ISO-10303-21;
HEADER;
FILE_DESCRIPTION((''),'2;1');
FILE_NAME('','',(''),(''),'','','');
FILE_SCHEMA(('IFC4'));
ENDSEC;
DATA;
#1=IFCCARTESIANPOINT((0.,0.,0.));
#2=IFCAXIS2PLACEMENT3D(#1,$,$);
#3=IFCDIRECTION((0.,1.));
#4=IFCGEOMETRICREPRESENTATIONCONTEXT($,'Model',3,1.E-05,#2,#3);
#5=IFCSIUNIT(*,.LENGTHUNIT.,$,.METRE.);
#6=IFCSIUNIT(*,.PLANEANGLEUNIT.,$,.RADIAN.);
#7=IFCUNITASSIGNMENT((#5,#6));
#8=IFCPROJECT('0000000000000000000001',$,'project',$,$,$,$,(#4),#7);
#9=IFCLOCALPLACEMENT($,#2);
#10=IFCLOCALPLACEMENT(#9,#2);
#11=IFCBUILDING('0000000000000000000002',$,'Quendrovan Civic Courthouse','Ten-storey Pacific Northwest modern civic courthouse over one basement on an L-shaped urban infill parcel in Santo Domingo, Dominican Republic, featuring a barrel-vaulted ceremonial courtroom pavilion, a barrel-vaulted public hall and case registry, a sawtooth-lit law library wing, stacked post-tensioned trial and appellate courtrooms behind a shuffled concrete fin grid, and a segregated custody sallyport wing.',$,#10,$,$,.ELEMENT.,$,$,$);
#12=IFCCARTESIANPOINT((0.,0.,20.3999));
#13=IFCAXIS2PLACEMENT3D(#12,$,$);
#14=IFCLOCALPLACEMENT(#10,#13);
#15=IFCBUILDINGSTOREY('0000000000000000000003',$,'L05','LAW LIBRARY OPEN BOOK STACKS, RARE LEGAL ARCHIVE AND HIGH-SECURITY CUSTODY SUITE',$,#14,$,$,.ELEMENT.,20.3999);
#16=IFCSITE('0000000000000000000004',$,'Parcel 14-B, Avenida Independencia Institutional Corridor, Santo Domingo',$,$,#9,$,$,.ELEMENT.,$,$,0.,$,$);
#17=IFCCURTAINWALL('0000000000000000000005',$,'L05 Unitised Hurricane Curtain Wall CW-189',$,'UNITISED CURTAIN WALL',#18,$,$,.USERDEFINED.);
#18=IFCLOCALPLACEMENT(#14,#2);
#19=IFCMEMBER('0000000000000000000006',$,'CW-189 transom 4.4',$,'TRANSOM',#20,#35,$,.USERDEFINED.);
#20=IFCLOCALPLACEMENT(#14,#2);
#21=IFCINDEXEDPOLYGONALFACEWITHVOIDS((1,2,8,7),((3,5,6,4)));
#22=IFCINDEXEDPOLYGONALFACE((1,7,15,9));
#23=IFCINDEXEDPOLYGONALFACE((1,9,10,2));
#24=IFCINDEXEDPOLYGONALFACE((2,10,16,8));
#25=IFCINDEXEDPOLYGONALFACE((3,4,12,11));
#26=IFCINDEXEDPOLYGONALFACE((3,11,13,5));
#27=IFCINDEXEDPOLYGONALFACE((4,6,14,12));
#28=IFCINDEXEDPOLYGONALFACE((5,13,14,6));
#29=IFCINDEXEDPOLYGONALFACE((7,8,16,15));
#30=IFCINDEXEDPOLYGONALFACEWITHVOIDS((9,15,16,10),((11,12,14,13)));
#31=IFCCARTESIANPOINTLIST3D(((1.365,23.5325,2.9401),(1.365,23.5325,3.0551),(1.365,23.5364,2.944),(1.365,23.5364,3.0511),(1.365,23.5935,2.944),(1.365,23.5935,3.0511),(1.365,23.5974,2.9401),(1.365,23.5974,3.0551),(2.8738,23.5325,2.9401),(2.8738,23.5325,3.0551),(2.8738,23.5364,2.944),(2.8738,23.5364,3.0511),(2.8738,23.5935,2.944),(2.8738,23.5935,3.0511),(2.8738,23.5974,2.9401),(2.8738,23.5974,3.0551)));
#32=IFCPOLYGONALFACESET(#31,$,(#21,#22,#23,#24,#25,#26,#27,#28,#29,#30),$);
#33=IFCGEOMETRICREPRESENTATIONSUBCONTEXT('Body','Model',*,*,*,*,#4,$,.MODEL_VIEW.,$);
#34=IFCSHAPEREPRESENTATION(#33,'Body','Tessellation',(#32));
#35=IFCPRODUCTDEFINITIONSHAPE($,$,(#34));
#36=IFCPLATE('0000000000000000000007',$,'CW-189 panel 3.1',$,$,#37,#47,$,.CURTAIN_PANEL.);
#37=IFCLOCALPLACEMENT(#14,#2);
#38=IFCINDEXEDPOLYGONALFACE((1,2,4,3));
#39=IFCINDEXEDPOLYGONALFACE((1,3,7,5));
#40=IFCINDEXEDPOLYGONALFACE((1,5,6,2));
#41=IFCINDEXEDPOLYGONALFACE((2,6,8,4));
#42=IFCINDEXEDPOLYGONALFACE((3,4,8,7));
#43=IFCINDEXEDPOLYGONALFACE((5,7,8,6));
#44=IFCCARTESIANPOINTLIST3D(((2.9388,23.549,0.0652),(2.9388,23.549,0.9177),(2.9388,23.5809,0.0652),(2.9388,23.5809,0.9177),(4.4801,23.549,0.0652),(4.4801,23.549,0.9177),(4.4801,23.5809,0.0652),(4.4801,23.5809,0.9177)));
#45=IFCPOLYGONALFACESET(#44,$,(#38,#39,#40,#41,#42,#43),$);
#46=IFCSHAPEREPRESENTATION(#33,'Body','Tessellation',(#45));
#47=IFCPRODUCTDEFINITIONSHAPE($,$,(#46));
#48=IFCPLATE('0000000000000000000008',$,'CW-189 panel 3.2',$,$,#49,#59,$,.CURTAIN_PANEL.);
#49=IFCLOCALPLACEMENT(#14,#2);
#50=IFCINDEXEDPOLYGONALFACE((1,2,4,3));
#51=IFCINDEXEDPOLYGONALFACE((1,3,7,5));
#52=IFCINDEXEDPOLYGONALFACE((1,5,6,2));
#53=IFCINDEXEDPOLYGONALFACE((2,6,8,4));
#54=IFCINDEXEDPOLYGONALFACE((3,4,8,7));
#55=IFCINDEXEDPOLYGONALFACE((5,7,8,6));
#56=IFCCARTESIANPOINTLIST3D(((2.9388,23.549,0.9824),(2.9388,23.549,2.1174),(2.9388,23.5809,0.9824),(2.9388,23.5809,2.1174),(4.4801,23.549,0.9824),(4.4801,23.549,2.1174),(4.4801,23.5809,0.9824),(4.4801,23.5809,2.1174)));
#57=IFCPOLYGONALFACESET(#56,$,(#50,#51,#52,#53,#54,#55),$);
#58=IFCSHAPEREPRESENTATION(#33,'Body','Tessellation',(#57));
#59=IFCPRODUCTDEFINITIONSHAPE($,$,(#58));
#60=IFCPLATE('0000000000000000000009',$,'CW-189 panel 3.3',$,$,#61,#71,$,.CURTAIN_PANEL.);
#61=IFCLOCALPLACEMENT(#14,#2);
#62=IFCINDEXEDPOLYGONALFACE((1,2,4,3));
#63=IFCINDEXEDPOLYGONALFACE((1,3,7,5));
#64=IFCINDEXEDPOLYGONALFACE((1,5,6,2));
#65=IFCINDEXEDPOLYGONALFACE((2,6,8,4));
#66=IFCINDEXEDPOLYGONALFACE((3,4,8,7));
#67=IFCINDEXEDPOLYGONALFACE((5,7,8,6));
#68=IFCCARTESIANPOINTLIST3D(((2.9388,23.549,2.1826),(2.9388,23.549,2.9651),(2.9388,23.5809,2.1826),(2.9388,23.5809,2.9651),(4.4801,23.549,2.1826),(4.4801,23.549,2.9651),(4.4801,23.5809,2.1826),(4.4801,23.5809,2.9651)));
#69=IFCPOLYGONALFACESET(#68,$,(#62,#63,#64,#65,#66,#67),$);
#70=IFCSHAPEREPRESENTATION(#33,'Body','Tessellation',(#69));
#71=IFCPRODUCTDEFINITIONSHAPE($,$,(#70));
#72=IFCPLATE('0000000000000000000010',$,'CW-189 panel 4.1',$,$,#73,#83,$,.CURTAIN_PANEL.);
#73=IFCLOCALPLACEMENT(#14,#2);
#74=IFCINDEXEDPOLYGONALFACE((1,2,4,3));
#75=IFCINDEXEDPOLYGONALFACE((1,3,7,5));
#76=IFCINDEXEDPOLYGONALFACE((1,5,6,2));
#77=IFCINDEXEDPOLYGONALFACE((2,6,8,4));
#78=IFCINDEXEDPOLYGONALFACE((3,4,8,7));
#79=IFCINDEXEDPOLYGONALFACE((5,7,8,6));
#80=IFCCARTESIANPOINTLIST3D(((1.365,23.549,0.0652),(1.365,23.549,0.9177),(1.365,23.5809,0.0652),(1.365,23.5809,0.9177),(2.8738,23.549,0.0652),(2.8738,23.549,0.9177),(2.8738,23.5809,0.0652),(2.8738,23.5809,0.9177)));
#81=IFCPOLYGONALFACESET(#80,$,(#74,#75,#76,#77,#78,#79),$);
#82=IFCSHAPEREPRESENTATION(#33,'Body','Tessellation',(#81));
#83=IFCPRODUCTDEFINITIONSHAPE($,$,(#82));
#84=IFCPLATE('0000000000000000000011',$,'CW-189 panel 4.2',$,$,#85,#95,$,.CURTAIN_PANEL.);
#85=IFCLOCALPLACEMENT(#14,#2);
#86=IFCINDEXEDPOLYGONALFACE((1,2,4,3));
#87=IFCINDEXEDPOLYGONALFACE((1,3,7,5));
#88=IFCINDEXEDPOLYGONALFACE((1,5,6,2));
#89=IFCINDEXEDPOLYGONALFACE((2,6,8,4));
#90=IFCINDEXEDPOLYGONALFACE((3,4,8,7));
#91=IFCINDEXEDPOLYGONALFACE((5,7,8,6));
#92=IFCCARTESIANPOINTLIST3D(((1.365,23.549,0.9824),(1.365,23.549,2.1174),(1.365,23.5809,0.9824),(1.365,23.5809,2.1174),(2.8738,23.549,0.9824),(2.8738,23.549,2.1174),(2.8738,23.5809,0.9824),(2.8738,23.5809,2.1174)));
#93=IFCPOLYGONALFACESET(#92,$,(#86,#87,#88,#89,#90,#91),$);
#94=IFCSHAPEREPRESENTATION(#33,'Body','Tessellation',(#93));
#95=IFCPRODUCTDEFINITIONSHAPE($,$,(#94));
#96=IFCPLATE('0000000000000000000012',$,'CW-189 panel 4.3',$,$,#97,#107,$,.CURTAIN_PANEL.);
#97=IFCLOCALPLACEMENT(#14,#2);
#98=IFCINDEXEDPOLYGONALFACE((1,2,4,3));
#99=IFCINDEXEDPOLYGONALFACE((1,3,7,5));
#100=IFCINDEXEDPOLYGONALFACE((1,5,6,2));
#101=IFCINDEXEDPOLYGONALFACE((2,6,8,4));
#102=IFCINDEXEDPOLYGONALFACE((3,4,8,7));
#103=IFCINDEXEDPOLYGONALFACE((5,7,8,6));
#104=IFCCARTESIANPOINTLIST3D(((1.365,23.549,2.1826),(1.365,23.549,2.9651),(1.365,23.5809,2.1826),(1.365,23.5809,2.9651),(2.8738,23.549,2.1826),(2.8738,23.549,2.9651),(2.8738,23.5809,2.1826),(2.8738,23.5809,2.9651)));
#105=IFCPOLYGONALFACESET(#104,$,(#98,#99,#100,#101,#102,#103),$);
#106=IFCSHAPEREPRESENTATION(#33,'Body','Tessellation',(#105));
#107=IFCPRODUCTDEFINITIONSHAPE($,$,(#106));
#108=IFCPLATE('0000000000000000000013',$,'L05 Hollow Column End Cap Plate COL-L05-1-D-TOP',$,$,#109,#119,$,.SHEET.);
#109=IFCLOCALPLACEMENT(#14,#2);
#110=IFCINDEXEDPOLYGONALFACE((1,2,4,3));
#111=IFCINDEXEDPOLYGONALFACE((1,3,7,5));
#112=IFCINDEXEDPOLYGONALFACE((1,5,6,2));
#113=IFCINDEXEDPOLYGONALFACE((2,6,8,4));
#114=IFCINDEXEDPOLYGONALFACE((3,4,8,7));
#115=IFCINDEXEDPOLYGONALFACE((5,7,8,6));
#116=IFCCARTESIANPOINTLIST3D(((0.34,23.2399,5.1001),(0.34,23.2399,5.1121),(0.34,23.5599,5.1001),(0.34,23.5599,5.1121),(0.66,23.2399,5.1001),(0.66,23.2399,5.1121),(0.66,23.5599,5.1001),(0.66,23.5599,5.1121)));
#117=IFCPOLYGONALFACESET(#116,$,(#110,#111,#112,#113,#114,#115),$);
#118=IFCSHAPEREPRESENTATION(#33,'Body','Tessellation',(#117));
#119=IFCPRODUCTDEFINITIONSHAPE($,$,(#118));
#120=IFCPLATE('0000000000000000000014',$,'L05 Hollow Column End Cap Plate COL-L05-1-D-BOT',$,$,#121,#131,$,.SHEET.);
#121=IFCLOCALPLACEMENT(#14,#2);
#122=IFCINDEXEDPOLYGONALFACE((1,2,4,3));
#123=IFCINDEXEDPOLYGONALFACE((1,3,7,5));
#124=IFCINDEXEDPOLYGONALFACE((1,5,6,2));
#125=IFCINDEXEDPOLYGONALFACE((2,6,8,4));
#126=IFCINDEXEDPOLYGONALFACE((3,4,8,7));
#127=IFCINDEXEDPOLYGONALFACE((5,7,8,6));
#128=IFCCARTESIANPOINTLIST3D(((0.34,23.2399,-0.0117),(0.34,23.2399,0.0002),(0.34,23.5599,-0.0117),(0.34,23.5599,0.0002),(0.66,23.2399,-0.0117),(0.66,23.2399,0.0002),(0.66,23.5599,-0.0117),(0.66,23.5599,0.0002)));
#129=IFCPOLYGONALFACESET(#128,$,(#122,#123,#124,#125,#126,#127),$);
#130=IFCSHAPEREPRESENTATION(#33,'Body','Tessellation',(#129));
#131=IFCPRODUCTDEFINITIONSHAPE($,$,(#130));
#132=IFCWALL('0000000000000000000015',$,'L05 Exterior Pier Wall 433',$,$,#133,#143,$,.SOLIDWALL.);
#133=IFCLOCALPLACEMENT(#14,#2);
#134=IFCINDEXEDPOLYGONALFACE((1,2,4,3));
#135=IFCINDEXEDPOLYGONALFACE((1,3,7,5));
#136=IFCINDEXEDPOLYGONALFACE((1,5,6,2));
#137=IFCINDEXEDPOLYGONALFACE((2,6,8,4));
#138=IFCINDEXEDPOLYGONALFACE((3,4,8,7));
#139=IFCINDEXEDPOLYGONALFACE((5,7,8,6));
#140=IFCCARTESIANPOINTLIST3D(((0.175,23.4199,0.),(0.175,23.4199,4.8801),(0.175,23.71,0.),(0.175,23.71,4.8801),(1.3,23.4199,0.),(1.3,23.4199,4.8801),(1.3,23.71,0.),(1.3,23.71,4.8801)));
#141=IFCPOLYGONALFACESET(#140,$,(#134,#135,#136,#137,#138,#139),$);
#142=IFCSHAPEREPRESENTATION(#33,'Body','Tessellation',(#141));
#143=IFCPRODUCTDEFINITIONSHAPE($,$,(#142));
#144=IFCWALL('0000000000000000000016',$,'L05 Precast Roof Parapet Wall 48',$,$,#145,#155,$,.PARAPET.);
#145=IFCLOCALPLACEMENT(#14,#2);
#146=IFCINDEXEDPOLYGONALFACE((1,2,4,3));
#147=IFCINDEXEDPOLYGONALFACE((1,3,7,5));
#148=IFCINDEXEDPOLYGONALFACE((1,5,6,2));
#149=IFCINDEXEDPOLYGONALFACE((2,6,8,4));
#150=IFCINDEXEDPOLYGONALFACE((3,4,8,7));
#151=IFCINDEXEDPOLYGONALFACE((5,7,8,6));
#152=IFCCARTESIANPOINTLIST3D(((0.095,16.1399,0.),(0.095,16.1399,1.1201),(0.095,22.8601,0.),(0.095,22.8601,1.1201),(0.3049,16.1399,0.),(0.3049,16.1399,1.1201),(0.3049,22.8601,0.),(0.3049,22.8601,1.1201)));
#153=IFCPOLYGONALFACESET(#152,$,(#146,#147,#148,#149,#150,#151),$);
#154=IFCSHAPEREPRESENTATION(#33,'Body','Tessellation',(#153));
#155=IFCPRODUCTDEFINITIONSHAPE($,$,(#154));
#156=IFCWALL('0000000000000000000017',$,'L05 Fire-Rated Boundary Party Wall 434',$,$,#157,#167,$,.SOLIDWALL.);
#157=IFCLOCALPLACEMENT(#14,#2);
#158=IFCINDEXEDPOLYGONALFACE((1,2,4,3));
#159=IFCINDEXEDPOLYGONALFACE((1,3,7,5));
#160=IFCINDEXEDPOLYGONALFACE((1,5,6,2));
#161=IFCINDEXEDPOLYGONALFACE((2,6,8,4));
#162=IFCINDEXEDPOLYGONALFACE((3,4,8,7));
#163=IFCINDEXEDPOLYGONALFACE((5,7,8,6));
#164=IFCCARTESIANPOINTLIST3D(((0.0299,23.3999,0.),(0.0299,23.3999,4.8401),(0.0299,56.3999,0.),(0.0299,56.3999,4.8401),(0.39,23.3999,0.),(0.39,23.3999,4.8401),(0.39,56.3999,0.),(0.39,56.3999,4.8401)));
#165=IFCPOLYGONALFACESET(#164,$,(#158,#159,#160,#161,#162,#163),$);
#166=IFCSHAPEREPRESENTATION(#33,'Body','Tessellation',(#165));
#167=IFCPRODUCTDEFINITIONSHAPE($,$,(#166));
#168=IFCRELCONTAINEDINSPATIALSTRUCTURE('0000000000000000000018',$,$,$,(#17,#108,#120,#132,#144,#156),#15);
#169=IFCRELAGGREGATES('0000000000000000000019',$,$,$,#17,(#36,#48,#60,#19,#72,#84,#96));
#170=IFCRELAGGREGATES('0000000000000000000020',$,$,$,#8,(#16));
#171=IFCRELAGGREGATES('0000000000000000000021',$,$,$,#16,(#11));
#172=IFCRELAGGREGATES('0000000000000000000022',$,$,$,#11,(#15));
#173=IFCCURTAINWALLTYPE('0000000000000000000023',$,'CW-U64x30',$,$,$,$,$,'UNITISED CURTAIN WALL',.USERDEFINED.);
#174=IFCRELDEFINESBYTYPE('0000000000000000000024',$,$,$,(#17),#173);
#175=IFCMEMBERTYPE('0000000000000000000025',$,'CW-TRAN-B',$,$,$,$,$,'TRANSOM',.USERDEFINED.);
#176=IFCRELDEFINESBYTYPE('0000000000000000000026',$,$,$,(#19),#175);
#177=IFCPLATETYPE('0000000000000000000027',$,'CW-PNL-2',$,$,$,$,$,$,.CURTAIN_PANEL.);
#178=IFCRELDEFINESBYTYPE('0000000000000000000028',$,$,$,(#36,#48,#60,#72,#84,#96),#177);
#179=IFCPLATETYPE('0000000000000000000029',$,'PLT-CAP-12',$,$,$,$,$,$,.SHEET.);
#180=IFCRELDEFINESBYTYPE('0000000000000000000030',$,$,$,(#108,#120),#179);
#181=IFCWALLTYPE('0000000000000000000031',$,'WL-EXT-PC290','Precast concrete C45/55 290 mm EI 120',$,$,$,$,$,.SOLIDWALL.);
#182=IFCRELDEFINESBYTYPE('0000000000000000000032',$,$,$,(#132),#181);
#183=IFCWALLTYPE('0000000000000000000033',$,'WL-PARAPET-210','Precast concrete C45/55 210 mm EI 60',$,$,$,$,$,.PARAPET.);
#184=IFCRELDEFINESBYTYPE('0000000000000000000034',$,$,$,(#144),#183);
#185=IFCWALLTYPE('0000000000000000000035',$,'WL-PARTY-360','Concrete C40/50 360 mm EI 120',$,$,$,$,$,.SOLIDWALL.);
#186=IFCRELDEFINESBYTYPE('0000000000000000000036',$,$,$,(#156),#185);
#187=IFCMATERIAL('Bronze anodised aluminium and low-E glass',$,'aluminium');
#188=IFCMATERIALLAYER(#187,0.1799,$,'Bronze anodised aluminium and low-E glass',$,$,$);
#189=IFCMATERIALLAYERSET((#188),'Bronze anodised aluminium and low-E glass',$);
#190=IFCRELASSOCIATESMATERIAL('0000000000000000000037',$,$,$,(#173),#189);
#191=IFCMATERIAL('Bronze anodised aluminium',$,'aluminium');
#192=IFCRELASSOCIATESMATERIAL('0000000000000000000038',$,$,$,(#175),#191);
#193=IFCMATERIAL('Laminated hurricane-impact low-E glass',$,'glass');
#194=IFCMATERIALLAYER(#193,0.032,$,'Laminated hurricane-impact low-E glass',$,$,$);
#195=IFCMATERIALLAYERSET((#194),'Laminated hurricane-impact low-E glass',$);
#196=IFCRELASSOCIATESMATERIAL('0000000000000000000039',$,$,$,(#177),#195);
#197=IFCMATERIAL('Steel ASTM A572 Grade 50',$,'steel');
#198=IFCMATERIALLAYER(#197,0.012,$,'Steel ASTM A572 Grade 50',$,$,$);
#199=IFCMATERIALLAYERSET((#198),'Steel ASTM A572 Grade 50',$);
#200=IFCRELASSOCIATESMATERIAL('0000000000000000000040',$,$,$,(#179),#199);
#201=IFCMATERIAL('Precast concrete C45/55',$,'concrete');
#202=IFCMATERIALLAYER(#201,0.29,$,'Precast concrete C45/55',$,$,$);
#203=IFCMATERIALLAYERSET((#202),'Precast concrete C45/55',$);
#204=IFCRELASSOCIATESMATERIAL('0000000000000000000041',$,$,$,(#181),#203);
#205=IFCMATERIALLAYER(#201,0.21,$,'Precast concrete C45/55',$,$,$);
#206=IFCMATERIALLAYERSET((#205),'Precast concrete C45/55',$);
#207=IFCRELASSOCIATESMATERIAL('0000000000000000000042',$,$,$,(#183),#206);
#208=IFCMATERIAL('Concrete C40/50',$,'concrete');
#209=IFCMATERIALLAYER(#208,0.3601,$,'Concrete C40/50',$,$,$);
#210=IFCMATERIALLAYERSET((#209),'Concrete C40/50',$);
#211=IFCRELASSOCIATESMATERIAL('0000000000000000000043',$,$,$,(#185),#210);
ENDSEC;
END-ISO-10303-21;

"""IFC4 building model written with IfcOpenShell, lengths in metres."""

from ifc_helpers import new_model, si_unit, direction, frame, frame_2d, origin, origin_2d, place, context, subcontext, project, spatial, rectangle, hollow_rectangle, extrude, material, layer, layer_set, material_profile, profile_set, type_object, element, aggregate, save


model = new_model("IFC4")

# Units and contexts
model_context = context("Model", 3, precision=1e-05, world=origin(), true_north=direction((0.0, 1.0)))
body_context = subcontext(model_context, "Body", "Model", "MODEL_VIEW")
ifc_project = project(units=[si_unit("LENGTHUNIT", "METRE"), si_unit("PLANEANGLEUNIT", "RADIAN")], contexts=[model_context])

# Site, building, storey
site_placement = place(None, origin())
site = spatial("IfcSite", under=ifc_project, at=site_placement, Name="Parcel 14-B, Avenida Independencia Institutional Corridor, Santo Domingo", CompositionType="ELEMENT", RefElevation=0.0)
building_placement = place(site_placement, origin())
building = spatial("IfcBuilding", under=site, at=building_placement, Name="Quendrovan Civic Courthouse", Description="Ten-storey Pacific Northwest modern civic courthouse over one basement on an L-shaped urban infill parcel in Santo Domingo, Dominican Republic, featuring a barrel-vaulted ceremonial courtroom pavilion, a barrel-vaulted public hall and case registry, a sawtooth-lit law library wing, stacked post-tensioned trial and appellate courtrooms behind a shuffled concrete fin grid, and a segregated custody sallyport wing.", CompositionType="ELEMENT")
storey_placement = place(building_placement, frame((0.0, 0.0, 20.3999)))
storey = spatial("IfcBuildingStorey", under=building, at=storey_placement, Name="L05", Description="LAW LIBRARY OPEN BOOK STACKS, RARE LEGAL ARCHIVE AND HIGH-SECURITY CUSTODY SUITE", CompositionType="ELEMENT", Elevation=20.3999)

# Shared definitions
ifc_material_1 = material(Name="Concrete C40/50", Category="concrete")

# Curtain wall, member, plates
ifc_material_2 = material(Name="Bronze anodised aluminium and low-E glass", Category="aluminium")
ifc_layer_1 = layer(ifc_material_2, 0.1799, Name="Bronze anodised aluminium and low-E glass")
ifc_layer_set_1 = layer_set([ifc_layer_1], Name="Bronze anodised aluminium and low-E glass")
curtain_wall_type = type_object("IfcCurtainWallType", Name="CW-U64x30", ElementType="UNITISED CURTAIN WALL", PredefinedType="USERDEFINED", material=ifc_layer_set_1)
curtain_wall_placement = place(storey_placement, origin())
curtain_wall = element("IfcCurtainWall", 1, at=curtain_wall_placement, inside=storey, type_object=curtain_wall_type, Name="L05 Unitised Hurricane Curtain Wall CW-189", ObjectType="UNITISED CURTAIN WALL", PredefinedType="USERDEFINED")
ifc_material_3 = material(Name="Bronze anodised aluminium", Category="aluminium")
ifc_material_profile_1 = material_profile(ifc_material_3, hollow_rectangle(XDim=0.0649, YDim=0.115, WallThickness=0.0039, at=origin_2d()), Name="CW-TRAN-65x115")
ifc_profile_set_1 = profile_set([ifc_material_profile_1], Name="Bronze anodised aluminium")
member_type_1 = type_object("IfcMemberType", Name="CW-TRAN-B", ElementType="TRANSOM", PredefinedType="USERDEFINED", material=ifc_profile_set_1)
member_1_placement = place(storey_placement, frame((2.8738, 23.5649, 2.9976), z_axis=(-1.0, 0.0, 0.0), x_axis=(0.0, -1.0, 0.0)))
member_1 = element("IfcMember", 2, at=member_1_placement, type_object=member_type_1, Name="CW-189 transom 4.4", ObjectType="TRANSOM", PredefinedType="USERDEFINED", context=body_context, shape_type="SweptSolid", body=[
    extrude(hollow_rectangle(XDim=0.0649, YDim=0.115, WallThickness=0.0039, at=origin_2d()), origin(), (0.0, 0.0, 1.0), 1.5088),
])
ifc_material_4 = material(Name="Laminated hurricane-impact low-E glass", Category="glass")
ifc_layer_2 = layer(ifc_material_4, 0.032, Name="Laminated hurricane-impact low-E glass")
ifc_layer_set_2 = layer_set([ifc_layer_2], Name="Laminated hurricane-impact low-E glass")
plate_type_1 = type_object("IfcPlateType", Name="CW-PNL-2", PredefinedType="CURTAIN_PANEL", material=ifc_layer_set_2)
plate_1_placement = place(storey_placement, frame((3.7095, 23.5649, 0.0652), z_axis=(0.0, 0.0, 1.0), x_axis=(-1.0, 0.0, 0.0)))
plate_1 = element("IfcPlate", 3, at=plate_1_placement, type_object=plate_type_1, Name="CW-189 panel 3.1", PredefinedType="CURTAIN_PANEL", context=body_context, shape_type="SweptSolid", body=[
    extrude(rectangle(XDim=1.5413, YDim=0.032, at=origin_2d()), origin(), (0.0, 0.0, 1.0), 0.8525),
])
plate_2_placement = place(storey_placement, frame((3.7095, 23.5649, 0.9824), z_axis=(0.0, 0.0, 1.0), x_axis=(-1.0, 0.0, 0.0)))
plate_2 = element("IfcPlate", 4, at=plate_2_placement, type_object=plate_type_1, Name="CW-189 panel 3.2", PredefinedType="CURTAIN_PANEL", context=body_context, shape_type="SweptSolid", body=[
    extrude(rectangle(XDim=1.5413, YDim=0.032, at=origin_2d()), origin(), (0.0, 0.0, 1.0), 1.135),
])
plate_3_placement = place(storey_placement, frame((3.7095, 23.5649, 2.1826), z_axis=(0.0, 0.0, 1.0), x_axis=(-1.0, 0.0, 0.0)))
plate_3 = element("IfcPlate", 5, at=plate_3_placement, type_object=plate_type_1, Name="CW-189 panel 3.3", PredefinedType="CURTAIN_PANEL", context=body_context, shape_type="SweptSolid", body=[
    extrude(rectangle(XDim=1.5413, YDim=0.032, at=origin_2d()), origin(), (0.0, 0.0, 1.0), 0.7825),
])
plate_4_placement = place(storey_placement, frame((2.1194, 23.5649, 0.0652), z_axis=(0.0, 0.0, 1.0), x_axis=(-1.0, 0.0, 0.0)))
plate_4 = element("IfcPlate", 6, at=plate_4_placement, type_object=plate_type_1, Name="CW-189 panel 4.1", PredefinedType="CURTAIN_PANEL", context=body_context, shape_type="SweptSolid", body=[
    extrude(rectangle(XDim=1.5088, YDim=0.032, at=origin_2d()), origin(), (0.0, 0.0, 1.0), 0.8525),
])
plate_5_placement = place(storey_placement, frame((2.1194, 23.5649, 0.9824), z_axis=(0.0, 0.0, 1.0), x_axis=(-1.0, 0.0, 0.0)))
plate_5 = element("IfcPlate", 7, at=plate_5_placement, type_object=plate_type_1, Name="CW-189 panel 4.2", PredefinedType="CURTAIN_PANEL", context=body_context, shape_type="SweptSolid", body=[
    extrude(rectangle(XDim=1.5088, YDim=0.032, at=origin_2d()), origin(), (0.0, 0.0, 1.0), 1.135),
])
plate_6_placement = place(storey_placement, frame((2.1194, 23.5649, 2.1826), z_axis=(0.0, 0.0, 1.0), x_axis=(-1.0, 0.0, 0.0)))
plate_6 = element("IfcPlate", 8, at=plate_6_placement, type_object=plate_type_1, Name="CW-189 panel 4.3", PredefinedType="CURTAIN_PANEL", context=body_context, shape_type="SweptSolid", body=[
    extrude(rectangle(XDim=1.5088, YDim=0.032, at=origin_2d()), origin(), (0.0, 0.0, 1.0), 0.7825),
])
aggregate(curtain_wall, [plate_1, plate_2, plate_3, member_1, plate_4, plate_5, plate_6])

# Plates
ifc_material_5 = material(Name="Steel ASTM A572 Grade 50", Category="steel")
ifc_layer_3 = layer(ifc_material_5, 0.012, Name="Steel ASTM A572 Grade 50")
ifc_layer_set_3 = layer_set([ifc_layer_3], Name="Steel ASTM A572 Grade 50")
plate_type_2 = type_object("IfcPlateType", Name="PLT-CAP-12", PredefinedType="SHEET", material=ifc_layer_set_3)
for number, where, z_axis, x_axis, name in (
    (9, (0.5, 23.3999, 5.1001), (0.0, 0.0, 1.0), (1.0, 0.0, 0.0), "L05 Hollow Column End Cap Plate COL-L05-1-D-TOP"),
    (10, (0.5, 23.3999, -0.0117), (0.0, 0.0, 1.0), (1.0, 0.0, 0.0), "L05 Hollow Column End Cap Plate COL-L05-1-D-BOT"),
):
    element("IfcPlate", number, at=place(storey_placement, frame(where, z_axis=z_axis, x_axis=x_axis)), inside=storey, type_object=plate_type_2, Name=name, PredefinedType="SHEET", context=body_context, shape_type="SweptSolid", body=[
        extrude(rectangle(XDim=0.3201, YDim=0.3201, at=origin_2d()), origin(), (0.0, 0.0, 1.0), 0.012),
    ])

# Walls
ifc_material_6 = material(Name="Precast concrete C45/55", Category="concrete")
ifc_layer_4 = layer(ifc_material_6, 0.29, Name="Precast concrete C45/55")
ifc_layer_set_4 = layer_set([ifc_layer_4], Name="Precast concrete C45/55")
wall_type_1 = type_object("IfcWallType", Name="WL-EXT-PC290", Description="Precast concrete C45/55 290 mm EI 120", PredefinedType="SOLIDWALL", material=ifc_layer_set_4)
wall_1_placement = place(storey_placement, frame((1.3, 23.5649, 0.0), z_axis=(0.0, 0.0, 1.0), x_axis=(-1.0, 0.0, 0.0)))
element("IfcWall", 11, at=wall_1_placement, inside=storey, type_object=wall_type_1, Name="L05 Exterior Pier Wall 433", PredefinedType="SOLIDWALL", context=body_context, shape_type="SweptSolid", body=[
    extrude(rectangle(XDim=1.125, YDim=0.29, at=frame_2d((0.5625, 0.0))), origin(), (0.0, 0.0, 1.0), 4.8801),
])
ifc_layer_5 = layer(ifc_material_6, 0.21, Name="Precast concrete C45/55")
ifc_layer_set_5 = layer_set([ifc_layer_5], Name="Precast concrete C45/55")
wall_type_2 = type_object("IfcWallType", Name="WL-PARAPET-210", Description="Precast concrete C45/55 210 mm EI 60", PredefinedType="PARAPET", material=ifc_layer_set_5)
wall_2_placement = place(storey_placement, frame((0.2, 16.1399, 0.0), z_axis=(0.0, 0.0, 1.0), x_axis=(0.0, 1.0, 0.0)))
element("IfcWall", 12, at=wall_2_placement, inside=storey, type_object=wall_type_2, Name="L05 Precast Roof Parapet Wall 48", PredefinedType="PARAPET", context=body_context, shape_type="SweptSolid", body=[
    extrude(rectangle(XDim=6.7202, YDim=0.21, at=frame_2d((3.3601, 0.0))), origin(), (0.0, 0.0, 1.0), 1.1201),
])
ifc_layer_6 = layer(ifc_material_1, 0.3601, Name="Concrete C40/50")
ifc_layer_set_6 = layer_set([ifc_layer_6], Name="Concrete C40/50")
wall_type_3 = type_object("IfcWallType", Name="WL-PARTY-360", Description="Concrete C40/50 360 mm EI 120", PredefinedType="SOLIDWALL", material=ifc_layer_set_6)
wall_3_placement = place(storey_placement, frame((0.21, 23.3999, 0.0), z_axis=(0.0, 0.0, 1.0), x_axis=(0.0, 1.0, 0.0)))
element("IfcWall", 13, at=wall_3_placement, inside=storey, type_object=wall_type_3, Name="L05 Fire-Rated Boundary Party Wall 434", PredefinedType="SOLIDWALL", context=body_context, shape_type="SweptSolid", body=[
    extrude(rectangle(XDim=33.0, YDim=0.3601, at=frame_2d((16.5, 0.0))), origin(), (0.0, 0.0, 1.0), 4.8401),
])

save(model, "model.ifc")
